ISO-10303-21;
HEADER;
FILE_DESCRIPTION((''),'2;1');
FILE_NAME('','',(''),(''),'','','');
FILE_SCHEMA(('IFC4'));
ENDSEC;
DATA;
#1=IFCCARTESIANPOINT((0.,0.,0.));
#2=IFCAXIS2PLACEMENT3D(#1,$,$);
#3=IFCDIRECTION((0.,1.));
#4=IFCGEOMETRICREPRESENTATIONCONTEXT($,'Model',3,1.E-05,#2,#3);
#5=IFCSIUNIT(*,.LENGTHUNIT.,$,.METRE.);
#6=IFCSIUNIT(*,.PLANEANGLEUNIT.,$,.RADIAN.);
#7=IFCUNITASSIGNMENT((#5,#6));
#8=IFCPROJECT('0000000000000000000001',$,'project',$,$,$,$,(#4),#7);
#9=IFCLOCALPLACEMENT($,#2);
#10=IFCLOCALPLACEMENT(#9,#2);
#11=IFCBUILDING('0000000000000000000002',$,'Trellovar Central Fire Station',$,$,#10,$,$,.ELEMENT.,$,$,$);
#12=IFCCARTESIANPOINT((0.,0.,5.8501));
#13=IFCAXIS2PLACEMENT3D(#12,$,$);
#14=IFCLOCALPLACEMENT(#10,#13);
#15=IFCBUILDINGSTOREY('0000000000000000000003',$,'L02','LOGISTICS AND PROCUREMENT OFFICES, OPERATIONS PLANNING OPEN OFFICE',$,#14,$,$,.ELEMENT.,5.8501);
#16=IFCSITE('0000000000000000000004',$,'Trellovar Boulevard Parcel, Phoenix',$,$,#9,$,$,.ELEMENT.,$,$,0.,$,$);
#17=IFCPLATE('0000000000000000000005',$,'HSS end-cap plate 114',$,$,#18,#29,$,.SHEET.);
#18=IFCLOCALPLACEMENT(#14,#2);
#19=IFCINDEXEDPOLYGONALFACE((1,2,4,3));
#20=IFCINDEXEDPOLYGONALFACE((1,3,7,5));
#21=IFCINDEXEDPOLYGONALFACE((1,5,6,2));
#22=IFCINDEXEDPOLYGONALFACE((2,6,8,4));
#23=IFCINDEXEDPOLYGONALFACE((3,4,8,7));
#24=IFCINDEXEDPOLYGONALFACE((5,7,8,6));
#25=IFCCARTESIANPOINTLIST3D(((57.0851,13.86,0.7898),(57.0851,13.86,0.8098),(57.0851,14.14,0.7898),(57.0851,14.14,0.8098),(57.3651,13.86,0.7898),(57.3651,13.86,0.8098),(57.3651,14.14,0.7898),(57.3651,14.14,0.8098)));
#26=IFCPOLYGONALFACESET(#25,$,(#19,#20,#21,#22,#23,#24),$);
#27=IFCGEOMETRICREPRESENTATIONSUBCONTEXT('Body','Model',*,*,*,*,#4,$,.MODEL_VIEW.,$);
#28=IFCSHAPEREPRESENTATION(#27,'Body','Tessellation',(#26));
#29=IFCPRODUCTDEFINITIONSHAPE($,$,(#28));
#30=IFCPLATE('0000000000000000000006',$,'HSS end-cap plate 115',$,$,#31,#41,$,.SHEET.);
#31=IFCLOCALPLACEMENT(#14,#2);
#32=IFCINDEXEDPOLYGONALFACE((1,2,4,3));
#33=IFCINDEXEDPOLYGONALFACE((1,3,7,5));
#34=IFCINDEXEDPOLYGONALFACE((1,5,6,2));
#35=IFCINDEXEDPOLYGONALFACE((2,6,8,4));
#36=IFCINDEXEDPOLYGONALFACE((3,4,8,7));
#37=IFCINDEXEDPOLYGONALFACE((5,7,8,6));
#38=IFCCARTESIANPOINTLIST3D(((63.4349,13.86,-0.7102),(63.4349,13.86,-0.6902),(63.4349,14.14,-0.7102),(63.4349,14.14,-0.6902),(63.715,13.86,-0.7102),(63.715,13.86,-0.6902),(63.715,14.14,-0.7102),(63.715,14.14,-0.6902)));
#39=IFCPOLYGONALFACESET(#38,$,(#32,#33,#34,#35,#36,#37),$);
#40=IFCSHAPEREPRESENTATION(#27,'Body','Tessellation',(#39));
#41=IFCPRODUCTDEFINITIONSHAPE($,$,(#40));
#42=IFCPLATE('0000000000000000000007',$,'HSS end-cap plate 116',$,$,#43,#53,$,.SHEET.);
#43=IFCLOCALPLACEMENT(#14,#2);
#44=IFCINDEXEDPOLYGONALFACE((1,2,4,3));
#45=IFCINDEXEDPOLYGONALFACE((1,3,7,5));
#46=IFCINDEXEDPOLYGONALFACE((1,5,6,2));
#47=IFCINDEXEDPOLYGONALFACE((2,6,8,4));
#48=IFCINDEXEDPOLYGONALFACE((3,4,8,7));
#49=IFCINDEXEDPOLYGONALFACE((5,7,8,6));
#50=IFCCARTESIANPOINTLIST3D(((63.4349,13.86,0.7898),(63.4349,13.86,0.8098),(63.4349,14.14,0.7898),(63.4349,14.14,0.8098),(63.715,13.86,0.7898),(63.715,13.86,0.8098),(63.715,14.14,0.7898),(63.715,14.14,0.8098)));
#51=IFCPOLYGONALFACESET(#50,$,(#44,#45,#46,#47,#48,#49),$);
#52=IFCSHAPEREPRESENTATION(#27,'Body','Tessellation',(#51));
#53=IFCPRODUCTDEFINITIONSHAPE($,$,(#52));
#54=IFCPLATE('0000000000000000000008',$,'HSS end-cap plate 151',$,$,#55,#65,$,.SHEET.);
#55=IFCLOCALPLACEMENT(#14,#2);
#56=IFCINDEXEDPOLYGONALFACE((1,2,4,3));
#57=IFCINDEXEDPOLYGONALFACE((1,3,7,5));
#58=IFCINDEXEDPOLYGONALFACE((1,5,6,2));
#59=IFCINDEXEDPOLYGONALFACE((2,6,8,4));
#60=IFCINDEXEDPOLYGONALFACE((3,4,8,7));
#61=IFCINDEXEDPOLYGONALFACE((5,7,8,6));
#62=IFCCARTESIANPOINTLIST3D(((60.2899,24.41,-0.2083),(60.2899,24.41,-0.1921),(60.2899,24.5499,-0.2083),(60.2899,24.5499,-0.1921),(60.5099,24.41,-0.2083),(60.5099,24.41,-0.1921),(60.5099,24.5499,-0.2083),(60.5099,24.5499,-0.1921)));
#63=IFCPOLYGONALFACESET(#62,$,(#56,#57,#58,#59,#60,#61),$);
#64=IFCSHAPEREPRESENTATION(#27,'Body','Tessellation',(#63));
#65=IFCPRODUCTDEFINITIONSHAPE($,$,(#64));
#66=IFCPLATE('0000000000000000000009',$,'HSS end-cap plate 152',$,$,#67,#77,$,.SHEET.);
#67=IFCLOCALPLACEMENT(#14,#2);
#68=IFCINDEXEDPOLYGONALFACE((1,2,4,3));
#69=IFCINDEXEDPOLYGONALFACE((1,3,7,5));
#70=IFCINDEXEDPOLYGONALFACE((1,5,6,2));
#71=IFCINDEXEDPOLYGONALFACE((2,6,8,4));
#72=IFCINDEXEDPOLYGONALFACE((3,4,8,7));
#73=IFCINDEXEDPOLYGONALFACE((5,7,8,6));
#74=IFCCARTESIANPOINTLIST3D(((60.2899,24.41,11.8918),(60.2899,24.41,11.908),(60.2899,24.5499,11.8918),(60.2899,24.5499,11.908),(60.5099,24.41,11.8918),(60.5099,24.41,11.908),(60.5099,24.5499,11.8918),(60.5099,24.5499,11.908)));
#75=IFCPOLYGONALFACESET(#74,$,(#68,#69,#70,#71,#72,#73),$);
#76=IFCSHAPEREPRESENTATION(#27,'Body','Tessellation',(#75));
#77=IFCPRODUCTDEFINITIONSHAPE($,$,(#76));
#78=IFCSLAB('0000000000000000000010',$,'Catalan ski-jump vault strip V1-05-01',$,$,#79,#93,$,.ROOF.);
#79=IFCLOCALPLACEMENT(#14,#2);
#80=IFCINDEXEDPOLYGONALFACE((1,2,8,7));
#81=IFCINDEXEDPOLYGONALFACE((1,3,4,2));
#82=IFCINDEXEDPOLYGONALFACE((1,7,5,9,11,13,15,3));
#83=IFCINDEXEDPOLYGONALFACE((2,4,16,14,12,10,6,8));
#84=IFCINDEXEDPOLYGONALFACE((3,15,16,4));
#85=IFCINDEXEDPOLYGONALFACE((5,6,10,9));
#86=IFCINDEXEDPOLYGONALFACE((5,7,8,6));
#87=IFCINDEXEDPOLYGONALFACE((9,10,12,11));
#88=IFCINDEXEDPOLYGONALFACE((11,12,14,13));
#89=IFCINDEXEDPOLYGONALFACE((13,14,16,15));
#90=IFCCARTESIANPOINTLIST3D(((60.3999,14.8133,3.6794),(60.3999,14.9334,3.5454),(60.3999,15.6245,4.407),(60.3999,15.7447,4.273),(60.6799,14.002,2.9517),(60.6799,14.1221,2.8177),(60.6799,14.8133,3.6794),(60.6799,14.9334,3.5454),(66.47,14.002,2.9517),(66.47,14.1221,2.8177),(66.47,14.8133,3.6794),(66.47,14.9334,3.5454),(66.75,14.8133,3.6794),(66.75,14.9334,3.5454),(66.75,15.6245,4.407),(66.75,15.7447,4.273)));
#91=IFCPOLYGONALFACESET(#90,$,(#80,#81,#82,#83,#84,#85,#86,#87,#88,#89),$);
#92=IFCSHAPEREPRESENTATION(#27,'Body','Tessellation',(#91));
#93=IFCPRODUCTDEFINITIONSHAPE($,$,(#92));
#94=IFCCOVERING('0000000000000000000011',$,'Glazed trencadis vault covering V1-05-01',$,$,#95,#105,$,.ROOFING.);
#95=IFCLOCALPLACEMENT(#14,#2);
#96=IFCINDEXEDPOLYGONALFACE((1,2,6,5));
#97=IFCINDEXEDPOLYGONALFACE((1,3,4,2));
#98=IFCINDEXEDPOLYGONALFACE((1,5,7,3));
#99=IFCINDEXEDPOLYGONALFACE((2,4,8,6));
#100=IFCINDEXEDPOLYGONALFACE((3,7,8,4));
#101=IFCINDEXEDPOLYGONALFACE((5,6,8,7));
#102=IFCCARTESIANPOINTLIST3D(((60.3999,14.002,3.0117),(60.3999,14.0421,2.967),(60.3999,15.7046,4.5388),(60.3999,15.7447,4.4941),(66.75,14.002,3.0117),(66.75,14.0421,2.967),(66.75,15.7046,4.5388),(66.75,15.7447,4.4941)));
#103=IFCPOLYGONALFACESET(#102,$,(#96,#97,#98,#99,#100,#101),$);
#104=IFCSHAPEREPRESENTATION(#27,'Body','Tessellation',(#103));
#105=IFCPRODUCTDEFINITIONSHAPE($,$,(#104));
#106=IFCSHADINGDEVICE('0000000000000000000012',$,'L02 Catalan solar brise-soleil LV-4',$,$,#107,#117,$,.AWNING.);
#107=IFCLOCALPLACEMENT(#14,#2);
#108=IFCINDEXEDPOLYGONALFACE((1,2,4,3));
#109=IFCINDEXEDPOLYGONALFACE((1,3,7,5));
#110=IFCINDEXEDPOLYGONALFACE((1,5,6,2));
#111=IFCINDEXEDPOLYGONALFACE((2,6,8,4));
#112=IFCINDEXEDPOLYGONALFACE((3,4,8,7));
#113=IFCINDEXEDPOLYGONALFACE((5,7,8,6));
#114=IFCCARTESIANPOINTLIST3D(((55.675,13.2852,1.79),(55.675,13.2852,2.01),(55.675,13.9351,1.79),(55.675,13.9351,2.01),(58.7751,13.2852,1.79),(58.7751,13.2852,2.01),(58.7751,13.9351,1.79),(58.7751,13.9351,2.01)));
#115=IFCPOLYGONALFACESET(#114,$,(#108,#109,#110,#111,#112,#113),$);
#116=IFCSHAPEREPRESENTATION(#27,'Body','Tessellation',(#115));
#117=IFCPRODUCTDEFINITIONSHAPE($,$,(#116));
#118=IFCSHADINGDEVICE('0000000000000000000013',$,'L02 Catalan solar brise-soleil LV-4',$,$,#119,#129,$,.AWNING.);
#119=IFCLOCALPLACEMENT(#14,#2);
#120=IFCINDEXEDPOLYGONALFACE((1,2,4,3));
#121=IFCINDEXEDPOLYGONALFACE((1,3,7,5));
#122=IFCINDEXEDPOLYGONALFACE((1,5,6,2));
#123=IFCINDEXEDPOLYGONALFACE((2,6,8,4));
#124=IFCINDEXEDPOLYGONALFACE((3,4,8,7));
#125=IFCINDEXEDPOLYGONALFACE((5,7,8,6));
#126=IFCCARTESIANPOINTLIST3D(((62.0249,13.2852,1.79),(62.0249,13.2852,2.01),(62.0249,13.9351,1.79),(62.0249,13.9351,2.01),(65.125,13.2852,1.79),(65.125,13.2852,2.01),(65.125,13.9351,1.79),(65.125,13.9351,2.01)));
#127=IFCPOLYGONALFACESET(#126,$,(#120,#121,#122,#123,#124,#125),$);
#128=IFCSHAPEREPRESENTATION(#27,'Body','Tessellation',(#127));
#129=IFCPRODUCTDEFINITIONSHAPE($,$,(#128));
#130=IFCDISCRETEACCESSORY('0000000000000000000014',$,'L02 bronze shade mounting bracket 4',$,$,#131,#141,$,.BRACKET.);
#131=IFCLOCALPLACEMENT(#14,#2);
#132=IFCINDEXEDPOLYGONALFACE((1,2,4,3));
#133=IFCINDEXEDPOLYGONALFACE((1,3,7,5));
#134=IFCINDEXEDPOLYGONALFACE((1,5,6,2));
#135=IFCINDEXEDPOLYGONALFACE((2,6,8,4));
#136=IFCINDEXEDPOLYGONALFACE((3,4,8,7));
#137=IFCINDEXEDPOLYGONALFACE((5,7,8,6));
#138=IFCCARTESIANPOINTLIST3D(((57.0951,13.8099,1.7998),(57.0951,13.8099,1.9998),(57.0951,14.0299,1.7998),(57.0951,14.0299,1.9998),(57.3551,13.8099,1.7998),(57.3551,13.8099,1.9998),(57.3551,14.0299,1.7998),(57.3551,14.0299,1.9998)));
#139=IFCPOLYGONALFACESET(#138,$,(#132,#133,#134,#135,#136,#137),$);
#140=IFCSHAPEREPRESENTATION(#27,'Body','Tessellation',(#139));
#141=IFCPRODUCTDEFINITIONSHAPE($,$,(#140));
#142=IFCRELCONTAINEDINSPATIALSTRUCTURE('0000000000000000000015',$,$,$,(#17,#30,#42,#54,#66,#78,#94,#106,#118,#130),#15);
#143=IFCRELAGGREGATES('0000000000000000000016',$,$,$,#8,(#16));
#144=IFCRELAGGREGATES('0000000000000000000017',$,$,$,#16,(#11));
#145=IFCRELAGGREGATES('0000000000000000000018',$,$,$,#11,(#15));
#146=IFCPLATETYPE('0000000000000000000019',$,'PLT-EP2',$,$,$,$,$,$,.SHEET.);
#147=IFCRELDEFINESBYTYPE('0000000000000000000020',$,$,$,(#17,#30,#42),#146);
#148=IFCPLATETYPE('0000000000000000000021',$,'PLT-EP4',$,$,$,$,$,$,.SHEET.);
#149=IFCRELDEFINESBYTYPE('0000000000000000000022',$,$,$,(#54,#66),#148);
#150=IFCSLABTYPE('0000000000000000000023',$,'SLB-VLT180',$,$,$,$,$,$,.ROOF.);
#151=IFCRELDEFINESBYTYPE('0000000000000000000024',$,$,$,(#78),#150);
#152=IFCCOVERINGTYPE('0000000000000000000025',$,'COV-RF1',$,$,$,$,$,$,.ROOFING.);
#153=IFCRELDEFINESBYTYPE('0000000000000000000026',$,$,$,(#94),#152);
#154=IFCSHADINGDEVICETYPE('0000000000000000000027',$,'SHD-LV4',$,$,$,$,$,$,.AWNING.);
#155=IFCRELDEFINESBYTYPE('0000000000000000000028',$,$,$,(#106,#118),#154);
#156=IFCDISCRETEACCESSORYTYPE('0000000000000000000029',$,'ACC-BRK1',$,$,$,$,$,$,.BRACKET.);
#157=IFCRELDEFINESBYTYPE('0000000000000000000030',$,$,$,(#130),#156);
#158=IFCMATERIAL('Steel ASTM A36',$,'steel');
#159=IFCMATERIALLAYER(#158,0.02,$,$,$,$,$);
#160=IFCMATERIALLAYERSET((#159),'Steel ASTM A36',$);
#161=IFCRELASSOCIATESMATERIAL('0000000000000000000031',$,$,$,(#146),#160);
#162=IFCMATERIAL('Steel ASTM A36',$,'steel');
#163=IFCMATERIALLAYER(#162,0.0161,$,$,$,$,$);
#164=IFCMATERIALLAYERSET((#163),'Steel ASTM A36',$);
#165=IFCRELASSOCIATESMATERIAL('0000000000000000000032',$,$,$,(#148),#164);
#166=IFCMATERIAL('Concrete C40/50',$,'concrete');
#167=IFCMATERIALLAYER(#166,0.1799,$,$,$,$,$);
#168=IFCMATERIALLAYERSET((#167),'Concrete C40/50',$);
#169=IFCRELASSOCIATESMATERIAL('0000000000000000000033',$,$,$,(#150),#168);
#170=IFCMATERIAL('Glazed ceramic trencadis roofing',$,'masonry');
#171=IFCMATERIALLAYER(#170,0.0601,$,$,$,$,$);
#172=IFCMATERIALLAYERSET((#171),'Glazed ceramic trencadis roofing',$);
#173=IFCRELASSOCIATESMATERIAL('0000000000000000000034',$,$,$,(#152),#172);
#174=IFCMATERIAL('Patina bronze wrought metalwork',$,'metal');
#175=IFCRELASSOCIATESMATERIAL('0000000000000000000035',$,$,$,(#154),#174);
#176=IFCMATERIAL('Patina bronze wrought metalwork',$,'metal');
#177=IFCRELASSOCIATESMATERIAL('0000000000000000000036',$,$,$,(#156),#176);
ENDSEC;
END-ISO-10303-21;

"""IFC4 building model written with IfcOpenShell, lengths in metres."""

from ifc_helpers import new_model, si_unit, direction, frame, origin, origin_2d, place, context, subcontext, project, spatial, polyline, rectangle, outline, extrude, material, layer, layer_set, type_object, element, save


model = new_model("IFC4")

# Units and contexts
model_context = context("Model", 3, precision=1e-05, world=origin(), true_north=direction((0.0, 1.0)))
body_context = subcontext(model_context, "Body", "Model", "MODEL_VIEW")
ifc_project = project(units=[si_unit("LENGTHUNIT", "METRE"), si_unit("PLANEANGLEUNIT", "RADIAN")], contexts=[model_context])

# Site, building, storey
site_placement = place(None, origin())
site = spatial("IfcSite", under=ifc_project, at=site_placement, Name="Trellovar Boulevard Parcel, Phoenix", CompositionType="ELEMENT", RefElevation=0.0)
building_placement = place(site_placement, origin())
building = spatial("IfcBuilding", under=site, at=building_placement, Name="Trellovar Central Fire Station", CompositionType="ELEMENT")
storey_placement = place(building_placement, frame((0.0, 0.0, 5.8501)))
storey = spatial("IfcBuildingStorey", under=building, at=storey_placement, Name="L02", Description="LOGISTICS AND PROCUREMENT OFFICES, OPERATIONS PLANNING OPEN OFFICE", CompositionType="ELEMENT", Elevation=5.8501)

# Plates
ifc_material_1 = material(Name="Steel ASTM A36", Category="steel")
ifc_layer_1 = layer(ifc_material_1, 0.02)
ifc_layer_set_1 = layer_set([ifc_layer_1], Name="Steel ASTM A36")
plate_type_1 = type_object("IfcPlateType", Name="PLT-EP2", PredefinedType="SHEET", material=ifc_layer_set_1)
for number, where, z_axis, x_axis, name in (
    (1, (57.2251, 14.0, 0.7898), (0.0, 0.0, 1.0), (1.0, 0.0, 0.0), "HSS end-cap plate 114"),
    (2, (63.575, 14.0, -0.7102), (0.0, 0.0, 1.0), (1.0, 0.0, 0.0), "HSS end-cap plate 115"),
    (3, (63.575, 14.0, 0.7898), (0.0, 0.0, 1.0), (1.0, 0.0, 0.0), "HSS end-cap plate 116"),
):
    element("IfcPlate", number, at=place(storey_placement, frame(where, z_axis=z_axis, x_axis=x_axis)), inside=storey, type_object=plate_type_1, Name=name, PredefinedType="SHEET", context=body_context, shape_type="SweptSolid", body=[
        extrude(rectangle(XDim=0.28, YDim=0.28, at=origin_2d()), origin(), (0.0, 0.0, 1.0), 0.02),
    ])
ifc_material_2 = material(Name="Steel ASTM A36", Category="steel")
ifc_layer_2 = layer(ifc_material_2, 0.0161)
ifc_layer_set_2 = layer_set([ifc_layer_2], Name="Steel ASTM A36")
plate_type_2 = type_object("IfcPlateType", Name="PLT-EP4", PredefinedType="SHEET", material=ifc_layer_set_2)
for number, where, z_axis, x_axis, name in (
    (4, (60.3999, 24.48, -0.2083), (0.0, 0.0, 1.0), (1.0, 0.0, 0.0), "HSS end-cap plate 151"),
    (5, (60.3999, 24.48, 11.8918), (0.0, 0.0, 1.0), (1.0, 0.0, 0.0), "HSS end-cap plate 152"),
):
    element("IfcPlate", number, at=place(storey_placement, frame(where, z_axis=z_axis, x_axis=x_axis)), inside=storey, type_object=plate_type_2, Name=name, PredefinedType="SHEET", context=body_context, shape_type="SweptSolid", body=[
        extrude(rectangle(XDim=0.22, YDim=0.1399, at=origin_2d()), origin(), (0.0, 0.0, 1.0), 0.0161),
    ])

# Slab
ifc_material_3 = material(Name="Concrete C40/50", Category="concrete")
ifc_layer_3 = layer(ifc_material_3, 0.1799)
ifc_layer_set_3 = layer_set([ifc_layer_3], Name="Concrete C40/50")
slab_type = type_object("IfcSlabType", Name="SLB-VLT180", PredefinedType="ROOF", material=ifc_layer_set_3)
slab_placement = place(storey_placement, frame((60.6799, 14.002, 2.9517), z_axis=(0.0, -0.667698, 0.744432), x_axis=(1.0, 0.0, 0.0)))
element("IfcSlab", 6, at=slab_placement, inside=storey, type_object=slab_type, Name="Catalan ski-jump vault strip V1-05-01", PredefinedType="ROOF", context=body_context, shape_type="SweptSolid", body=[
    extrude(outline(polyline([(0.0, 0.0), (5.79, 0.0), (5.79, 1.0899), (6.0701, 1.0899), (6.0701, 2.1796), (-0.28, 2.1796), (-0.28, 1.0899), (0.0, 1.0899), (0.0, 0.0)])), origin(), (0.0, 0.0, -1.0), 0.1799),
])

# Covering
ifc_material_4 = material(Name="Glazed ceramic trencadis roofing", Category="masonry")
ifc_layer_4 = layer(ifc_material_4, 0.0601)
ifc_layer_set_4 = layer_set([ifc_layer_4], Name="Glazed ceramic trencadis roofing")
covering_type = type_object("IfcCoveringType", Name="COV-RF1", PredefinedType="ROOFING", material=ifc_layer_set_4)
covering_placement = place(storey_placement, frame((60.3999, 14.002, 3.0117), z_axis=(0.0, -0.66769, 0.74444), x_axis=(1.0, 0.0, 0.0)))
element("IfcCovering", 7, at=covering_placement, inside=storey, type_object=covering_type, Name="Glazed trencadis vault covering V1-05-01", PredefinedType="ROOFING", context=body_context, shape_type="SweptSolid", body=[
    extrude(outline(polyline([(0.0, 0.0), (6.3501, 0.0), (6.3501, 2.2871), (0.0, 2.2871), (0.0, 0.0)])), origin(), (0.0, 0.0, -1.0), 0.0601),
])

# Shading devices
ifc_material_5 = material(Name="Patina bronze wrought metalwork", Category="metal")
shading_device_type = type_object("IfcShadingDeviceType", Name="SHD-LV4", PredefinedType="AWNING", material=ifc_material_5)
for number, where, z_axis, x_axis, name in (
    (8, (57.2251, 13.6101, 1.79), (0.0, 0.0, 1.0), (1.0, 0.0, 0.0), "L02 Catalan solar brise-soleil LV-4"),
    (9, (63.575, 13.6101, 1.79), (0.0, 0.0, 1.0), (1.0, 0.0, 0.0), "L02 Catalan solar brise-soleil LV-4"),
):
    element("IfcShadingDevice", number, at=place(storey_placement, frame(where, z_axis=z_axis, x_axis=x_axis)), inside=storey, type_object=shading_device_type, Name=name, PredefinedType="AWNING", context=body_context, shape_type="SweptSolid", body=[
        extrude(rectangle(XDim=3.1001, YDim=0.6499, at=origin_2d()), origin(), (0.0, 0.0, 1.0), 0.22),
    ])

# Discrete accessory
ifc_material_6 = material(Name="Patina bronze wrought metalwork", Category="metal")
discrete_accessory_type = type_object("IfcDiscreteAccessoryType", Name="ACC-BRK1", PredefinedType="BRACKET", material=ifc_material_6)
discrete_accessory_placement = place(storey_placement, frame((57.2251, 13.9199, 1.7998), z_axis=(0.0, 0.0, 1.0), x_axis=(1.0, 0.0, 0.0)))
element("IfcDiscreteAccessory", 10, at=discrete_accessory_placement, inside=storey, type_object=discrete_accessory_type, Name="L02 bronze shade mounting bracket 4", PredefinedType="BRACKET", context=body_context, shape_type="SweptSolid", body=[
    extrude(rectangle(XDim=0.26, YDim=0.22, at=origin_2d()), origin(), (0.0, 0.0, 1.0), 0.2),
])

save(model, "model.ifc")
